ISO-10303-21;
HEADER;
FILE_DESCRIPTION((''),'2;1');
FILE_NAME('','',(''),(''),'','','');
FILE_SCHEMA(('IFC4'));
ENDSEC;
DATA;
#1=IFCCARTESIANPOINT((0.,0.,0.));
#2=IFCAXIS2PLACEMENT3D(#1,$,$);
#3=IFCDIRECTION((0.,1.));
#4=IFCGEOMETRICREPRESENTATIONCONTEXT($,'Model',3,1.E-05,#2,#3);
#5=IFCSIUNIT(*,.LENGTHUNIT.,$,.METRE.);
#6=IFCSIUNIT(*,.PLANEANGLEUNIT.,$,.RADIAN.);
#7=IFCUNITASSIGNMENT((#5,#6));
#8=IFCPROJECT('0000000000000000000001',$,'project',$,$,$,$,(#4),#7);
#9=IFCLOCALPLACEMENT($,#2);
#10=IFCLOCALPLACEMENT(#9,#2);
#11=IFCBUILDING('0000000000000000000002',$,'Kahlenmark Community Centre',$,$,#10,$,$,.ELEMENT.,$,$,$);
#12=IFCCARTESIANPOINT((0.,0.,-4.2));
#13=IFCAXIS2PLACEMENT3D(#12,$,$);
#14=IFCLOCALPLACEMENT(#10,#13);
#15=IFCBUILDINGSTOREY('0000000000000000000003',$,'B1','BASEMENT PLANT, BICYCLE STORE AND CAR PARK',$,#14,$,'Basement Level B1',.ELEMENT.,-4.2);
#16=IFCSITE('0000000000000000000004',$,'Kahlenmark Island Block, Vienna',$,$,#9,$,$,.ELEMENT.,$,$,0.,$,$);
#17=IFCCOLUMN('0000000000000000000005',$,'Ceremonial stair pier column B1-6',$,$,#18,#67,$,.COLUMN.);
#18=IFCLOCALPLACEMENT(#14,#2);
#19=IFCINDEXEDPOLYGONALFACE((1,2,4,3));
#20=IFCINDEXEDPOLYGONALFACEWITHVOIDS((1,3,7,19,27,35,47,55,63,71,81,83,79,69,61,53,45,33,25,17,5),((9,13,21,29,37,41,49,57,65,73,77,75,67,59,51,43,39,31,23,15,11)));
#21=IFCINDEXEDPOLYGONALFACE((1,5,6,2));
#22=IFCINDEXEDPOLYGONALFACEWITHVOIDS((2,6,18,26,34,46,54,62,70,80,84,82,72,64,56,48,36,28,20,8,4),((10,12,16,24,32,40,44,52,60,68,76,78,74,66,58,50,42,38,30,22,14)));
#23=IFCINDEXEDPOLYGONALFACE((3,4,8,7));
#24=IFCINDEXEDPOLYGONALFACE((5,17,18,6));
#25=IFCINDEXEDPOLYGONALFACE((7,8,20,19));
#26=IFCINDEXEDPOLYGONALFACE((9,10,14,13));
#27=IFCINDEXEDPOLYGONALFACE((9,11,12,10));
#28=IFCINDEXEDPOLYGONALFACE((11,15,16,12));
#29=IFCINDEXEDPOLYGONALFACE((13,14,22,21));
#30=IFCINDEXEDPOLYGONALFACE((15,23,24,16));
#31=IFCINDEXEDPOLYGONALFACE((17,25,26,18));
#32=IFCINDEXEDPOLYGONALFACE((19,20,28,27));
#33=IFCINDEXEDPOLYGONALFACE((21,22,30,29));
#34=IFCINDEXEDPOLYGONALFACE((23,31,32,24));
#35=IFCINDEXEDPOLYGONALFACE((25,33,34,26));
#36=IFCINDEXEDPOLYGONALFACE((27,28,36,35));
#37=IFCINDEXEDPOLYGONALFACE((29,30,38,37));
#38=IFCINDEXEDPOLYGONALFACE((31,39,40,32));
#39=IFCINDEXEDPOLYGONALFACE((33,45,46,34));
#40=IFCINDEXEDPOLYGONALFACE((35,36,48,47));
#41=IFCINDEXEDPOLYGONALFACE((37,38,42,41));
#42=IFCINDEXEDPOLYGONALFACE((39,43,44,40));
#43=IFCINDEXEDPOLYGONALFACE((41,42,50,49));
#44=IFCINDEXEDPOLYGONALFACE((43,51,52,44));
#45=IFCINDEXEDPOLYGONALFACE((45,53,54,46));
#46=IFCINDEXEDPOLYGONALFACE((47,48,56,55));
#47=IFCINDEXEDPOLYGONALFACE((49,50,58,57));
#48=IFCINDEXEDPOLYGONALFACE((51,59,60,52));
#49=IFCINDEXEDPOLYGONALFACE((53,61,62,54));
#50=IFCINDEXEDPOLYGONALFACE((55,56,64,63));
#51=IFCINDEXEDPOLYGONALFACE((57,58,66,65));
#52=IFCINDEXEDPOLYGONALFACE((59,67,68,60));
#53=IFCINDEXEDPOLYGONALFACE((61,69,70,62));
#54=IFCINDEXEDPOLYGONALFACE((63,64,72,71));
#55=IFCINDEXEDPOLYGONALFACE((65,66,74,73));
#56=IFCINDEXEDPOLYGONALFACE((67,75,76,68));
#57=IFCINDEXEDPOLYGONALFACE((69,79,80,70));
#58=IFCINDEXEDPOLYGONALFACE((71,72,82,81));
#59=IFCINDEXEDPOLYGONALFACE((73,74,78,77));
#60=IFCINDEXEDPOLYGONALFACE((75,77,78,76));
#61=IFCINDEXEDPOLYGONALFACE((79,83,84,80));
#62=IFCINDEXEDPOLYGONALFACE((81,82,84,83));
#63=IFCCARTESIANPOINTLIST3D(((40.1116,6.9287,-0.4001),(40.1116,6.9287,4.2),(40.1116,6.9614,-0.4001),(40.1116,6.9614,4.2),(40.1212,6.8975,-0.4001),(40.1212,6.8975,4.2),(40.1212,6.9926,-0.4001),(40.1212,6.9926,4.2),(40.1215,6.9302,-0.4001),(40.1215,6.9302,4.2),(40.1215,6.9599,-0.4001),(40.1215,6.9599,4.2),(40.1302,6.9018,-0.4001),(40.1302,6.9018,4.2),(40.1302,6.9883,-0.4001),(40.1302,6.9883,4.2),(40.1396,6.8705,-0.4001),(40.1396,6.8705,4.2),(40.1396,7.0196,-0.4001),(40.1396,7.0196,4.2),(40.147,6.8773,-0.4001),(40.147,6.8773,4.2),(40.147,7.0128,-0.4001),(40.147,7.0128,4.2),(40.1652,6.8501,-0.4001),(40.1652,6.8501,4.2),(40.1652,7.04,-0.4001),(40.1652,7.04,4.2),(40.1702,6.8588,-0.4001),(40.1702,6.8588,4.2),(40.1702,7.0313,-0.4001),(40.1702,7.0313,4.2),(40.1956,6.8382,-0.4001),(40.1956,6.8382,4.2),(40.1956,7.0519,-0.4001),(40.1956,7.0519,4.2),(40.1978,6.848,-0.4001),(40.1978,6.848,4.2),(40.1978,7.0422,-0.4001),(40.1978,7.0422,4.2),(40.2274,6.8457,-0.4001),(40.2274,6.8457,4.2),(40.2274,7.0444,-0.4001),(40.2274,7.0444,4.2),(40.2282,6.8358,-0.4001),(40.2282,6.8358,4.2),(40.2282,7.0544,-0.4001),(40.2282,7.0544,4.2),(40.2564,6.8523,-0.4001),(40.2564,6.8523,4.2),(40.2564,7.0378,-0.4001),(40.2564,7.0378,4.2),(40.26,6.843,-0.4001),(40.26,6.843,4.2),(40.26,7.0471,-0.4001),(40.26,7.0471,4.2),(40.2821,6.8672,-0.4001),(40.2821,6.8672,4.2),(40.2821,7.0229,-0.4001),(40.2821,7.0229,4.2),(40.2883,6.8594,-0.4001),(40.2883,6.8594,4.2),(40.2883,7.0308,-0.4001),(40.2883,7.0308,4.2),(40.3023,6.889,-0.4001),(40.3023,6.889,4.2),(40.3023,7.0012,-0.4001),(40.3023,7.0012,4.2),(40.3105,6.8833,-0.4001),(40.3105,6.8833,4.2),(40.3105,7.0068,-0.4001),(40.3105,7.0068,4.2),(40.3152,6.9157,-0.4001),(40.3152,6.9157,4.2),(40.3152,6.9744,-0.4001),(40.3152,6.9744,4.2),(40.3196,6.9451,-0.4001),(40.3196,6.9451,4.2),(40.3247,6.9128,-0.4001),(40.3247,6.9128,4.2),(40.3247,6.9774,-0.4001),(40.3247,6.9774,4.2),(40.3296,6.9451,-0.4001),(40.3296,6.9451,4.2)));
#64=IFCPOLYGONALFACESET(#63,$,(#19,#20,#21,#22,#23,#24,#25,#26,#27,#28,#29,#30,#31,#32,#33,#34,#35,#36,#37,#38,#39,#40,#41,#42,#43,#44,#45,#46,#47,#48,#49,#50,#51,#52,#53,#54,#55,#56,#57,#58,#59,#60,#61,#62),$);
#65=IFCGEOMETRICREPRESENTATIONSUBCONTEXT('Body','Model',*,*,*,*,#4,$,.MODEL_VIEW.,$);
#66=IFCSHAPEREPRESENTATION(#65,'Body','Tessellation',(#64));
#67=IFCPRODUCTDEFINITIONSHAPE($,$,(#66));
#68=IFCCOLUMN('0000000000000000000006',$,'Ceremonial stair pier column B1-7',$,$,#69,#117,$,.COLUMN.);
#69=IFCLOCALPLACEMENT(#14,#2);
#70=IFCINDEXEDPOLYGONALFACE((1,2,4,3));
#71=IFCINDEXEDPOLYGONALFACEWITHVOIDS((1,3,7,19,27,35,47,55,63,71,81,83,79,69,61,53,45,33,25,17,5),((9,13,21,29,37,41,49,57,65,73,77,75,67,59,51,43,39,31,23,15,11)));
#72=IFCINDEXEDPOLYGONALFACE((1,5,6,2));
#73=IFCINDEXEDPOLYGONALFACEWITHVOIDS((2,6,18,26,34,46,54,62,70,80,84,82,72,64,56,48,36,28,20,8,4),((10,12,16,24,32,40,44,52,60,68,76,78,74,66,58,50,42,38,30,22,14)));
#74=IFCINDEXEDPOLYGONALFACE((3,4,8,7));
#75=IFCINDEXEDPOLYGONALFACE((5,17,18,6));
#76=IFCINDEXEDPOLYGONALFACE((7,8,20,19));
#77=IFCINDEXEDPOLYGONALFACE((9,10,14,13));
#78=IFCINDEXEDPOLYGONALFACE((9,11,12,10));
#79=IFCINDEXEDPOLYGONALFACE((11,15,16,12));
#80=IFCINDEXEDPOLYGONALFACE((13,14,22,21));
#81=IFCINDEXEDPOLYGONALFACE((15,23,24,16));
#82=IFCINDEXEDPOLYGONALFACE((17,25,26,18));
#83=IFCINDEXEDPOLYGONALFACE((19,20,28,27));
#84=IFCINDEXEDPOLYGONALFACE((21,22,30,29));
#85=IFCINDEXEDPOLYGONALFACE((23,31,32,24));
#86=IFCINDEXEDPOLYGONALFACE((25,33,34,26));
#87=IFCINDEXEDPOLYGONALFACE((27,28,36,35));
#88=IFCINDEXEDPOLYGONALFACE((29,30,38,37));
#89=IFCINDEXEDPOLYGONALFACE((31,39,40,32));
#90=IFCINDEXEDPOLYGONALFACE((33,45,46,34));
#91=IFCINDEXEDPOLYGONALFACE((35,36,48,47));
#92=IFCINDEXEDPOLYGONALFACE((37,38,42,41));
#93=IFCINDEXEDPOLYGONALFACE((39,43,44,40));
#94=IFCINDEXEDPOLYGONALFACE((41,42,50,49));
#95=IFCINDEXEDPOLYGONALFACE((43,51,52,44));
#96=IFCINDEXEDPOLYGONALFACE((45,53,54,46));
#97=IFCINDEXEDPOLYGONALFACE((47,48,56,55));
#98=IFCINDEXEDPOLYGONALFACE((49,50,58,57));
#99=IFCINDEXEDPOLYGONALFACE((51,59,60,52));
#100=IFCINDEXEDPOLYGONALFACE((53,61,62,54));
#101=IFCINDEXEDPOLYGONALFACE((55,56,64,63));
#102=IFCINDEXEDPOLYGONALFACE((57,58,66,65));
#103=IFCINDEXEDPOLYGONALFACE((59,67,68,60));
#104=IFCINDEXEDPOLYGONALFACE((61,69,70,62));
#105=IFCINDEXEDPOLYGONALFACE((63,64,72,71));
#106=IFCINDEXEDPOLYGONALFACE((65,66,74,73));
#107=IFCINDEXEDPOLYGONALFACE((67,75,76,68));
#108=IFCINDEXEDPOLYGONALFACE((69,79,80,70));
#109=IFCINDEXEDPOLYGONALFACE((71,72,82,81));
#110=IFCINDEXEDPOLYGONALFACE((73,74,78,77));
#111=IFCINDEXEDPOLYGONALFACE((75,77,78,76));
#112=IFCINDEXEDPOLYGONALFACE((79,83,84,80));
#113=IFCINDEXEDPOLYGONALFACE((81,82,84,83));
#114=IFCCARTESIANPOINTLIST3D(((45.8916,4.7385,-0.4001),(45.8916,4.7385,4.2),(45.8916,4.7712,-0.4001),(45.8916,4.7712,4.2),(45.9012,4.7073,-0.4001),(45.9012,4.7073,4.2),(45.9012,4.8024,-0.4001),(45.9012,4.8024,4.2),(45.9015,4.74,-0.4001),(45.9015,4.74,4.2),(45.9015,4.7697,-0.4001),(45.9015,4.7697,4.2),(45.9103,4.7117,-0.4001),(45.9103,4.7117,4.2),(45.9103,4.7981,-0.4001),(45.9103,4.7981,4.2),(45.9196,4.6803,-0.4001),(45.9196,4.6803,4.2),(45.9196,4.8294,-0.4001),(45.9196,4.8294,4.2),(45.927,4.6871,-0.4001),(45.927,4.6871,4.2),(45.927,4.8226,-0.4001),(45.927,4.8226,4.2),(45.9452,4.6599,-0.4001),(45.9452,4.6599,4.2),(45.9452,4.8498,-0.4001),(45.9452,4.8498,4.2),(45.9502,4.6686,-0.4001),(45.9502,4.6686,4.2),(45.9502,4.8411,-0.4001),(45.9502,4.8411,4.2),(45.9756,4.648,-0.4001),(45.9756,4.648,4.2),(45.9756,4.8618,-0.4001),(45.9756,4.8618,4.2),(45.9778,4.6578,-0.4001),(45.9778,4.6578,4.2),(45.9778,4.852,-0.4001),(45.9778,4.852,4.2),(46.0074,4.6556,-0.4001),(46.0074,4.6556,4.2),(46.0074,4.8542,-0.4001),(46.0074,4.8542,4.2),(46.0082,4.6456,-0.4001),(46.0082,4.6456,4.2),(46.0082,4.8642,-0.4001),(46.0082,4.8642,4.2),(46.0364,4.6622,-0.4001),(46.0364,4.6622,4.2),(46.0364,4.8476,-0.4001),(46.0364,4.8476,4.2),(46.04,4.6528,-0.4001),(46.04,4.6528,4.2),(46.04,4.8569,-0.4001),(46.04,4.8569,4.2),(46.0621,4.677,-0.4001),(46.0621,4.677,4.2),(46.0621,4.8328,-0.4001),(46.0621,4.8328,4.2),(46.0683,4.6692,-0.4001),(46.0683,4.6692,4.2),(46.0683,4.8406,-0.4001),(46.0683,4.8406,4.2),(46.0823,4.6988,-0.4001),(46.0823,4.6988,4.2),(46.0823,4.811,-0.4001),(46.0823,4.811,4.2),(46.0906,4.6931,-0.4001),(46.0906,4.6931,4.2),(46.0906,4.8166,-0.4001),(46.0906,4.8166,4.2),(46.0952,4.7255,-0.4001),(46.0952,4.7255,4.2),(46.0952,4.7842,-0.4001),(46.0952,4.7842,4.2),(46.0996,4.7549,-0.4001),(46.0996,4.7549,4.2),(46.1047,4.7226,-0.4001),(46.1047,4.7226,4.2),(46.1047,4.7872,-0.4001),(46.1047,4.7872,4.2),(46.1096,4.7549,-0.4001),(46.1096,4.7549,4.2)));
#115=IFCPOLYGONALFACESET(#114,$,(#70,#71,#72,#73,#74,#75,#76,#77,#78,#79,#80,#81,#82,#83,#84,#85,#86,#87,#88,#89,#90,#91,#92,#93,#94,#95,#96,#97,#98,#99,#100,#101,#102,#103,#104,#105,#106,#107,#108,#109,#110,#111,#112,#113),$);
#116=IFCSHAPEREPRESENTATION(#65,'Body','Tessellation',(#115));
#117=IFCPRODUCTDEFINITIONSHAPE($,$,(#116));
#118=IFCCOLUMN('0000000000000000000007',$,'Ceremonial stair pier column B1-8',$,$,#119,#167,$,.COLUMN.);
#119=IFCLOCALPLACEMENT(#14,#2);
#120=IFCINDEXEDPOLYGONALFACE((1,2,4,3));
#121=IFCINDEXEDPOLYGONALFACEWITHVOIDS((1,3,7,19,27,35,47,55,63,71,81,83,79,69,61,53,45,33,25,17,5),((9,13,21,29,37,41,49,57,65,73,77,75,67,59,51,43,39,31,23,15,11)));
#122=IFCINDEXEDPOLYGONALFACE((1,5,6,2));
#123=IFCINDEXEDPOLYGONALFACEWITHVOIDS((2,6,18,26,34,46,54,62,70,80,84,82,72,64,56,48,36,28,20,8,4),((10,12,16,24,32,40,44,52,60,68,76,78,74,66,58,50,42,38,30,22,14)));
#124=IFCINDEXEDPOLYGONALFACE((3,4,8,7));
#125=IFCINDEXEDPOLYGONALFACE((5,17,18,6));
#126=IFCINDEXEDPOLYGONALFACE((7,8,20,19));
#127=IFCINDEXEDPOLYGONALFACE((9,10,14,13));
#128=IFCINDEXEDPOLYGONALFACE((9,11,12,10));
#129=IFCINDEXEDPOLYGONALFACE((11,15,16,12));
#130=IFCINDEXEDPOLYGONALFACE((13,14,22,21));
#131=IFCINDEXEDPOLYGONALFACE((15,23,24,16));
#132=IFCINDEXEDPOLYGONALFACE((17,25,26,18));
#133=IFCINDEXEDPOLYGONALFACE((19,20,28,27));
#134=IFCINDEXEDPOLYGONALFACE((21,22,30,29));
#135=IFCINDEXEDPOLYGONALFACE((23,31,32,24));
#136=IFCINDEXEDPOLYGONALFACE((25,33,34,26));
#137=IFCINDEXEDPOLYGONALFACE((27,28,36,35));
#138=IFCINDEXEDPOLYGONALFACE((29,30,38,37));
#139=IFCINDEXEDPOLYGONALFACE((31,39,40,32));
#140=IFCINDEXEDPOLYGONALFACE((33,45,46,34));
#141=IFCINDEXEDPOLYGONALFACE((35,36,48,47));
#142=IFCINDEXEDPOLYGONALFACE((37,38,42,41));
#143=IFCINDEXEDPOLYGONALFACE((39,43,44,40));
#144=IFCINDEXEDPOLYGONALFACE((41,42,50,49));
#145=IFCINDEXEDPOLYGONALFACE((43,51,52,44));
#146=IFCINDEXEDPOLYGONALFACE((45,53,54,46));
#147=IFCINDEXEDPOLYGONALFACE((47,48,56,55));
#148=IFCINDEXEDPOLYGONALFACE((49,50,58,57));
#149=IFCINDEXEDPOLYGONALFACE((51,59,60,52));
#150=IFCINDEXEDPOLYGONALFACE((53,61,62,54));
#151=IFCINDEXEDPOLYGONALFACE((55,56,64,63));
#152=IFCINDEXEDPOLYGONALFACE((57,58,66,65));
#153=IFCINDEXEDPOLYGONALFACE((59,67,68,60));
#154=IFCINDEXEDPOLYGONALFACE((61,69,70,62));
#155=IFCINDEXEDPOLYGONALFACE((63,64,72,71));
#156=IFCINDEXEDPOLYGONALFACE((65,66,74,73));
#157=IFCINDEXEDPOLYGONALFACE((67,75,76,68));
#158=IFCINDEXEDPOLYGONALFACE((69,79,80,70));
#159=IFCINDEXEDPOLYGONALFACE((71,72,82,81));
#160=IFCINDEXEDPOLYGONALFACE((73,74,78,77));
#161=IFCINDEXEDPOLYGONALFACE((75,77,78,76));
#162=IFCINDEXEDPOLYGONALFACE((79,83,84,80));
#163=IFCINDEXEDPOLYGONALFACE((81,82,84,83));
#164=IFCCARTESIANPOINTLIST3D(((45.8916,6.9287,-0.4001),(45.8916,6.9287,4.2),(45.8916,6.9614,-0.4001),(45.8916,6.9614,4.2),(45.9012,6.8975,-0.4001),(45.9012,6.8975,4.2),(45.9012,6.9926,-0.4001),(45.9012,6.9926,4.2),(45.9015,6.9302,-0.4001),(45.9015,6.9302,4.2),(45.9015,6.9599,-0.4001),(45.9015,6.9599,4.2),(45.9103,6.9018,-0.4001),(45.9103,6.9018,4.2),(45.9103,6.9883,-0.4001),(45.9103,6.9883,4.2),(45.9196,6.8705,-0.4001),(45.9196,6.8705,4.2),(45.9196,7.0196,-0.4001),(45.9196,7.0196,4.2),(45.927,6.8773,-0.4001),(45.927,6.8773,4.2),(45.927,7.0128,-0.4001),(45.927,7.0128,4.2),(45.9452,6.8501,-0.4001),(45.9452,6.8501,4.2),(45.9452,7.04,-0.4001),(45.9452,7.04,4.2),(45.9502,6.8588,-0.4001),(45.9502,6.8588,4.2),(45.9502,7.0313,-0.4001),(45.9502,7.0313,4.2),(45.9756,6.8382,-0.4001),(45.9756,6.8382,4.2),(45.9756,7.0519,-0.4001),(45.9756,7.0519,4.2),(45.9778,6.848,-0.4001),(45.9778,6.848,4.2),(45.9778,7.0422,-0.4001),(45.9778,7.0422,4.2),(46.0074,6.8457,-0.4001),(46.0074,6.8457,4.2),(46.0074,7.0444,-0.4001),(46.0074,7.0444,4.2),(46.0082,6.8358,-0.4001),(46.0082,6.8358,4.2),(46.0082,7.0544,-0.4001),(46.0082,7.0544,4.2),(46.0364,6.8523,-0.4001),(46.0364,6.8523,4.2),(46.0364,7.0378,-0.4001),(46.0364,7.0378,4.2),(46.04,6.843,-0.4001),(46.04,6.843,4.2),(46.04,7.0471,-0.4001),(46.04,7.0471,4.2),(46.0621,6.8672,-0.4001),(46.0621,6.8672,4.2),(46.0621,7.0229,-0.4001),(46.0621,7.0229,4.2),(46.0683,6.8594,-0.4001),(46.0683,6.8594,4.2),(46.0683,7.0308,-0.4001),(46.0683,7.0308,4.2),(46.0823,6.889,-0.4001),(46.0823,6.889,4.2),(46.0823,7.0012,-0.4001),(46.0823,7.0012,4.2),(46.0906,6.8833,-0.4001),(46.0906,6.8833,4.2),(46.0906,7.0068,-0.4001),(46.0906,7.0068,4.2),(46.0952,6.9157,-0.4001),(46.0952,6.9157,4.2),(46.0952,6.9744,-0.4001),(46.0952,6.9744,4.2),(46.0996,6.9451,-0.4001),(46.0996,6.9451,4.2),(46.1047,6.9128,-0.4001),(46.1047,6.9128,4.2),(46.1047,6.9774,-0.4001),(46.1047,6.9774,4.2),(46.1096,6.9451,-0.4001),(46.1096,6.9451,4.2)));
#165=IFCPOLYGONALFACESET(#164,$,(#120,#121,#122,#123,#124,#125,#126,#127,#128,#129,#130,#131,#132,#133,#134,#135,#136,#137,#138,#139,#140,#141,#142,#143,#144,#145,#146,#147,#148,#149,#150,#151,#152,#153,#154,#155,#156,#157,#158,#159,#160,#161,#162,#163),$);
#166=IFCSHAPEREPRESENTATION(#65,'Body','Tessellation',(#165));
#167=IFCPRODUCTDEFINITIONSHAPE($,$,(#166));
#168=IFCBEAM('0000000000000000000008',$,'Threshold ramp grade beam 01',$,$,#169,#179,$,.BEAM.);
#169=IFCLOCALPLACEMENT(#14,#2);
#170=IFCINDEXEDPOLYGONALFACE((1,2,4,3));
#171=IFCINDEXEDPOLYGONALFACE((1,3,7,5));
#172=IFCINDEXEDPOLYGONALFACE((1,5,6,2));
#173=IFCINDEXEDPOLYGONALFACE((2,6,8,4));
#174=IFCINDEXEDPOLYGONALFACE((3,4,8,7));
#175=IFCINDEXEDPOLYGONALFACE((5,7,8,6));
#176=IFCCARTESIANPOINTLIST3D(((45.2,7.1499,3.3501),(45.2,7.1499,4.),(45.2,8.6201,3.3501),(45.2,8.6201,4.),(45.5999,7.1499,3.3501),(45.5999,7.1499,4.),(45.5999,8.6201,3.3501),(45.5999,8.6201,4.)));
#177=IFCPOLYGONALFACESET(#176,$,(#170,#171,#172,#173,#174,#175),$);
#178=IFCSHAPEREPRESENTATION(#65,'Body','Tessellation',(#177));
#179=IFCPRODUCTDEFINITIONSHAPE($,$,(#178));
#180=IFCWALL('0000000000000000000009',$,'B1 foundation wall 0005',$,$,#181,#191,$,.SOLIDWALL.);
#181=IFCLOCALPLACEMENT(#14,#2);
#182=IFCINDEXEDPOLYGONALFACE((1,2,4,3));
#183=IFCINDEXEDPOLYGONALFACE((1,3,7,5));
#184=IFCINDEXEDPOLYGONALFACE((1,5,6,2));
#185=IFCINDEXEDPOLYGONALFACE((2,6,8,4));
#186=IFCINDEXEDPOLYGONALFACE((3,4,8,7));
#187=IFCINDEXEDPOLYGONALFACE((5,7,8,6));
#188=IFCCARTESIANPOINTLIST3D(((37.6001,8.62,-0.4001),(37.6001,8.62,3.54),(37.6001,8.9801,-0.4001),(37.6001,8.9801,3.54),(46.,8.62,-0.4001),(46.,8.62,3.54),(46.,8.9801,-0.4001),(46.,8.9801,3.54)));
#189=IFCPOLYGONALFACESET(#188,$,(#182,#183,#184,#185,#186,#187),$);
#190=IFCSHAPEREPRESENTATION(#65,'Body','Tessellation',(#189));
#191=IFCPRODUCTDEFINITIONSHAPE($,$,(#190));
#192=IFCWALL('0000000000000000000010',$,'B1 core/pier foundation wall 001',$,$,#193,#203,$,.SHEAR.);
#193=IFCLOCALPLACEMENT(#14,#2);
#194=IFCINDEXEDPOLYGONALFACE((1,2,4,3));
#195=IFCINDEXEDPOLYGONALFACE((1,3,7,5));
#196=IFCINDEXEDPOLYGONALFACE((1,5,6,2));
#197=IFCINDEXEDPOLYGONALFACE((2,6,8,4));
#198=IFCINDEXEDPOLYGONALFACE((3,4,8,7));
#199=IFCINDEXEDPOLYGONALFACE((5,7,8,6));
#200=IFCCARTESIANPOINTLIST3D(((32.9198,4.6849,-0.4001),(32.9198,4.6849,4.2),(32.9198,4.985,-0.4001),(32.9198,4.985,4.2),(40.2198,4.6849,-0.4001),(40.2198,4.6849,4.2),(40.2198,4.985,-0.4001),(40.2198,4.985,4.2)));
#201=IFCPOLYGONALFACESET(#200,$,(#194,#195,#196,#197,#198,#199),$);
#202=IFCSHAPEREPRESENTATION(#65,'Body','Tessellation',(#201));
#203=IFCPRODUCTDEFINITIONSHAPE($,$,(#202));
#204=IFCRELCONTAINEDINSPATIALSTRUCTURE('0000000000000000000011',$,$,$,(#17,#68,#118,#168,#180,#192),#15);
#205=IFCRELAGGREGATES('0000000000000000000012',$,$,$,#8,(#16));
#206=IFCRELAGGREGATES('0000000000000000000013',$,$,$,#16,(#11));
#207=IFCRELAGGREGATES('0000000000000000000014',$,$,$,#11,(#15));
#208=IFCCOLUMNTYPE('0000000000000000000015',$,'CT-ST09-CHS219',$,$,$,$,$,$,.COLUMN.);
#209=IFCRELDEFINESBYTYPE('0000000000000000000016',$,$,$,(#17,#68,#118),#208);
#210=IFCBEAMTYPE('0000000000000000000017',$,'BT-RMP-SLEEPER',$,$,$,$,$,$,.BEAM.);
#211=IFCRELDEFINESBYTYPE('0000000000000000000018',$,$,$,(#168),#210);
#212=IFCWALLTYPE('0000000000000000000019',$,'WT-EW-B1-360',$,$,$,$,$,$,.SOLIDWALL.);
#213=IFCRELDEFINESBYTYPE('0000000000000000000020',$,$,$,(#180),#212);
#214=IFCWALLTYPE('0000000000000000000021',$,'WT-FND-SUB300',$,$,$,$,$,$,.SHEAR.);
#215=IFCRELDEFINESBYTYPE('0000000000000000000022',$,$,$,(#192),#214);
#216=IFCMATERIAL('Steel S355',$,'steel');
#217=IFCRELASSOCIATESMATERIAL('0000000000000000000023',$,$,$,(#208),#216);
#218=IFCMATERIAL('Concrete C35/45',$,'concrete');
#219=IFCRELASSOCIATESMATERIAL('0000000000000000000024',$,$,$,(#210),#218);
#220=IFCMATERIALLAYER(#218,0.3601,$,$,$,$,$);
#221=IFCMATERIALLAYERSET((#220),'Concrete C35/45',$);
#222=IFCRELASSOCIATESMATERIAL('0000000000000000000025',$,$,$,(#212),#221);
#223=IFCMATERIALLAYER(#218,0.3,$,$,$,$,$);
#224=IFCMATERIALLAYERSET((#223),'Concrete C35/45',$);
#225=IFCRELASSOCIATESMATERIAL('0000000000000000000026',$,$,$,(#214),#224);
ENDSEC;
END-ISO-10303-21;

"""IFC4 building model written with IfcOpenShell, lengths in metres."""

from ifc_helpers import new_model, si_unit, direction, frame, frame_2d, origin, origin_2d, place, context, subcontext, project, spatial, rectangle, hollow_circle, extrude, material, layer, layer_set, material_profile, profile_set, type_object, element, save


model = new_model("IFC4")

# Units and contexts
model_context = context("Model", 3, precision=1e-05, world=origin(), true_north=direction((0.0, 1.0)))
body_context = subcontext(model_context, "Body", "Model", "MODEL_VIEW")
ifc_project = project(units=[si_unit("LENGTHUNIT", "METRE"), si_unit("PLANEANGLEUNIT", "RADIAN")], contexts=[model_context])

# Site, building, storey
site_placement = place(None, origin())
site = spatial("IfcSite", under=ifc_project, at=site_placement, Name="Kahlenmark Island Block, Vienna", CompositionType="ELEMENT", RefElevation=0.0)
building_placement = place(site_placement, origin())
building = spatial("IfcBuilding", under=site, at=building_placement, Name="Kahlenmark Community Centre", CompositionType="ELEMENT")
storey_placement = place(building_placement, frame((0.0, 0.0, -4.2)))
storey = spatial("IfcBuildingStorey", under=building, at=storey_placement, Name="B1", Description="BASEMENT PLANT, BICYCLE STORE AND CAR PARK", LongName="Basement Level B1", CompositionType="ELEMENT", Elevation=-4.2)

# Columns
ifc_material_1 = material(Name="Concrete C35/45", Category="concrete")
ifc_material_2 = material(Name="Steel S355", Category="steel")
ifc_material_profile_1 = material_profile(ifc_material_2, hollow_circle(Radius=0.1096, WallThickness=0.01, at=origin_2d()), Name="CHS 219.1x10")
ifc_profile_set_1 = profile_set([ifc_material_profile_1], Name="Steel S355")
column_type_1 = type_object("IfcColumnType", Name="CT-ST09-CHS219", PredefinedType="COLUMN", material=ifc_profile_set_1)
for number, where, z_axis, x_axis, name in (
    (1, (40.22, 6.9451, -0.4001), (0.0, 0.0, 1.0), (1.0, 0.0, 0.0), "Ceremonial stair pier column B1-6"),
    (2, (46.0, 4.7549, -0.4001), (0.0, 0.0, 1.0), (1.0, 0.0, 0.0), "Ceremonial stair pier column B1-7"),
    (3, (46.0, 6.9451, -0.4001), (0.0, 0.0, 1.0), (1.0, 0.0, 0.0), "Ceremonial stair pier column B1-8"),
):
    element("IfcColumn", number, at=place(storey_placement, frame(where, z_axis=z_axis, x_axis=x_axis)), inside=storey, type_object=column_type_1, Name=name, PredefinedType="COLUMN", context=body_context, shape_type="SweptSolid", body=[
        extrude(hollow_circle(Radius=0.1096, WallThickness=0.01, at=origin_2d()), origin(), (0.0, 0.0, 1.0), 4.6001),
    ])

# Beam
ifc_material_profile_2 = material_profile(ifc_material_1, rectangle(XDim=0.3999, YDim=0.6499, at=origin_2d()), Name="RC 400x650")
ifc_profile_set_2 = profile_set([ifc_material_profile_2], Name="Concrete C35/45")
beam_type = type_object("IfcBeamType", Name="BT-RMP-SLEEPER", PredefinedType="BEAM", material=ifc_profile_set_2)
beam_placement = place(storey_placement, frame((45.3999, 7.1499, 3.675), z_axis=(0.0, 1.0, 0.0), x_axis=(-1.0, 0.0, 0.0)))
element("IfcBeam", 4, at=beam_placement, inside=storey, type_object=beam_type, Name="Threshold ramp grade beam 01", PredefinedType="BEAM", context=body_context, shape_type="SweptSolid", body=[
    extrude(rectangle(XDim=0.3999, YDim=0.6499, at=origin_2d()), origin(), (0.0, 0.0, 1.0), 1.4702),
])

# Walls
ifc_layer_1 = layer(ifc_material_1, 0.3601)
ifc_layer_set_1 = layer_set([ifc_layer_1], Name="Concrete C35/45")
wall_type_1 = type_object("IfcWallType", Name="WT-EW-B1-360", PredefinedType="SOLIDWALL", material=ifc_layer_set_1)
wall_placement = place(storey_placement, frame((37.6001, 8.8, -0.4001), z_axis=(0.0, 0.0, 1.0), x_axis=(1.0, 0.0, 0.0)))
element("IfcWall", 5, at=wall_placement, inside=storey, type_object=wall_type_1, Name="B1 foundation wall 0005", PredefinedType="SOLIDWALL", context=body_context, shape_type="SweptSolid", body=[
    extrude(rectangle(XDim=8.3999, YDim=0.3601, at=frame_2d((4.2, 0.0))), origin(), (0.0, 0.0, 1.0), 3.9402),
])
ifc_layer_2 = layer(ifc_material_1, 0.3)
ifc_layer_set_2 = layer_set([ifc_layer_2], Name="Concrete C35/45")
wall_type_2 = type_object("IfcWallType", Name="WT-FND-SUB300", PredefinedType="SHEAR", material=ifc_layer_set_2)
for number, where, z_axis, x_axis, name in (
    (6, (32.9199, 4.835, -0.4001), (0.0, 0.0, 1.0), (1.0, 0.0, 0.0), "B1 core/pier foundation wall 001"),
):
    element("IfcWall", number, at=place(storey_placement, frame(where, z_axis=z_axis, x_axis=x_axis)), inside=storey, type_object=wall_type_2, Name=name, PredefinedType="SHEAR", context=body_context, shape_type="SweptSolid", body=[
        extrude(rectangle(XDim=7.3, YDim=0.3, at=frame_2d((3.6499, 0.0))), origin(), (0.0, 0.0, 1.0), 4.6001),
    ])

save(model, "model.ifc")
